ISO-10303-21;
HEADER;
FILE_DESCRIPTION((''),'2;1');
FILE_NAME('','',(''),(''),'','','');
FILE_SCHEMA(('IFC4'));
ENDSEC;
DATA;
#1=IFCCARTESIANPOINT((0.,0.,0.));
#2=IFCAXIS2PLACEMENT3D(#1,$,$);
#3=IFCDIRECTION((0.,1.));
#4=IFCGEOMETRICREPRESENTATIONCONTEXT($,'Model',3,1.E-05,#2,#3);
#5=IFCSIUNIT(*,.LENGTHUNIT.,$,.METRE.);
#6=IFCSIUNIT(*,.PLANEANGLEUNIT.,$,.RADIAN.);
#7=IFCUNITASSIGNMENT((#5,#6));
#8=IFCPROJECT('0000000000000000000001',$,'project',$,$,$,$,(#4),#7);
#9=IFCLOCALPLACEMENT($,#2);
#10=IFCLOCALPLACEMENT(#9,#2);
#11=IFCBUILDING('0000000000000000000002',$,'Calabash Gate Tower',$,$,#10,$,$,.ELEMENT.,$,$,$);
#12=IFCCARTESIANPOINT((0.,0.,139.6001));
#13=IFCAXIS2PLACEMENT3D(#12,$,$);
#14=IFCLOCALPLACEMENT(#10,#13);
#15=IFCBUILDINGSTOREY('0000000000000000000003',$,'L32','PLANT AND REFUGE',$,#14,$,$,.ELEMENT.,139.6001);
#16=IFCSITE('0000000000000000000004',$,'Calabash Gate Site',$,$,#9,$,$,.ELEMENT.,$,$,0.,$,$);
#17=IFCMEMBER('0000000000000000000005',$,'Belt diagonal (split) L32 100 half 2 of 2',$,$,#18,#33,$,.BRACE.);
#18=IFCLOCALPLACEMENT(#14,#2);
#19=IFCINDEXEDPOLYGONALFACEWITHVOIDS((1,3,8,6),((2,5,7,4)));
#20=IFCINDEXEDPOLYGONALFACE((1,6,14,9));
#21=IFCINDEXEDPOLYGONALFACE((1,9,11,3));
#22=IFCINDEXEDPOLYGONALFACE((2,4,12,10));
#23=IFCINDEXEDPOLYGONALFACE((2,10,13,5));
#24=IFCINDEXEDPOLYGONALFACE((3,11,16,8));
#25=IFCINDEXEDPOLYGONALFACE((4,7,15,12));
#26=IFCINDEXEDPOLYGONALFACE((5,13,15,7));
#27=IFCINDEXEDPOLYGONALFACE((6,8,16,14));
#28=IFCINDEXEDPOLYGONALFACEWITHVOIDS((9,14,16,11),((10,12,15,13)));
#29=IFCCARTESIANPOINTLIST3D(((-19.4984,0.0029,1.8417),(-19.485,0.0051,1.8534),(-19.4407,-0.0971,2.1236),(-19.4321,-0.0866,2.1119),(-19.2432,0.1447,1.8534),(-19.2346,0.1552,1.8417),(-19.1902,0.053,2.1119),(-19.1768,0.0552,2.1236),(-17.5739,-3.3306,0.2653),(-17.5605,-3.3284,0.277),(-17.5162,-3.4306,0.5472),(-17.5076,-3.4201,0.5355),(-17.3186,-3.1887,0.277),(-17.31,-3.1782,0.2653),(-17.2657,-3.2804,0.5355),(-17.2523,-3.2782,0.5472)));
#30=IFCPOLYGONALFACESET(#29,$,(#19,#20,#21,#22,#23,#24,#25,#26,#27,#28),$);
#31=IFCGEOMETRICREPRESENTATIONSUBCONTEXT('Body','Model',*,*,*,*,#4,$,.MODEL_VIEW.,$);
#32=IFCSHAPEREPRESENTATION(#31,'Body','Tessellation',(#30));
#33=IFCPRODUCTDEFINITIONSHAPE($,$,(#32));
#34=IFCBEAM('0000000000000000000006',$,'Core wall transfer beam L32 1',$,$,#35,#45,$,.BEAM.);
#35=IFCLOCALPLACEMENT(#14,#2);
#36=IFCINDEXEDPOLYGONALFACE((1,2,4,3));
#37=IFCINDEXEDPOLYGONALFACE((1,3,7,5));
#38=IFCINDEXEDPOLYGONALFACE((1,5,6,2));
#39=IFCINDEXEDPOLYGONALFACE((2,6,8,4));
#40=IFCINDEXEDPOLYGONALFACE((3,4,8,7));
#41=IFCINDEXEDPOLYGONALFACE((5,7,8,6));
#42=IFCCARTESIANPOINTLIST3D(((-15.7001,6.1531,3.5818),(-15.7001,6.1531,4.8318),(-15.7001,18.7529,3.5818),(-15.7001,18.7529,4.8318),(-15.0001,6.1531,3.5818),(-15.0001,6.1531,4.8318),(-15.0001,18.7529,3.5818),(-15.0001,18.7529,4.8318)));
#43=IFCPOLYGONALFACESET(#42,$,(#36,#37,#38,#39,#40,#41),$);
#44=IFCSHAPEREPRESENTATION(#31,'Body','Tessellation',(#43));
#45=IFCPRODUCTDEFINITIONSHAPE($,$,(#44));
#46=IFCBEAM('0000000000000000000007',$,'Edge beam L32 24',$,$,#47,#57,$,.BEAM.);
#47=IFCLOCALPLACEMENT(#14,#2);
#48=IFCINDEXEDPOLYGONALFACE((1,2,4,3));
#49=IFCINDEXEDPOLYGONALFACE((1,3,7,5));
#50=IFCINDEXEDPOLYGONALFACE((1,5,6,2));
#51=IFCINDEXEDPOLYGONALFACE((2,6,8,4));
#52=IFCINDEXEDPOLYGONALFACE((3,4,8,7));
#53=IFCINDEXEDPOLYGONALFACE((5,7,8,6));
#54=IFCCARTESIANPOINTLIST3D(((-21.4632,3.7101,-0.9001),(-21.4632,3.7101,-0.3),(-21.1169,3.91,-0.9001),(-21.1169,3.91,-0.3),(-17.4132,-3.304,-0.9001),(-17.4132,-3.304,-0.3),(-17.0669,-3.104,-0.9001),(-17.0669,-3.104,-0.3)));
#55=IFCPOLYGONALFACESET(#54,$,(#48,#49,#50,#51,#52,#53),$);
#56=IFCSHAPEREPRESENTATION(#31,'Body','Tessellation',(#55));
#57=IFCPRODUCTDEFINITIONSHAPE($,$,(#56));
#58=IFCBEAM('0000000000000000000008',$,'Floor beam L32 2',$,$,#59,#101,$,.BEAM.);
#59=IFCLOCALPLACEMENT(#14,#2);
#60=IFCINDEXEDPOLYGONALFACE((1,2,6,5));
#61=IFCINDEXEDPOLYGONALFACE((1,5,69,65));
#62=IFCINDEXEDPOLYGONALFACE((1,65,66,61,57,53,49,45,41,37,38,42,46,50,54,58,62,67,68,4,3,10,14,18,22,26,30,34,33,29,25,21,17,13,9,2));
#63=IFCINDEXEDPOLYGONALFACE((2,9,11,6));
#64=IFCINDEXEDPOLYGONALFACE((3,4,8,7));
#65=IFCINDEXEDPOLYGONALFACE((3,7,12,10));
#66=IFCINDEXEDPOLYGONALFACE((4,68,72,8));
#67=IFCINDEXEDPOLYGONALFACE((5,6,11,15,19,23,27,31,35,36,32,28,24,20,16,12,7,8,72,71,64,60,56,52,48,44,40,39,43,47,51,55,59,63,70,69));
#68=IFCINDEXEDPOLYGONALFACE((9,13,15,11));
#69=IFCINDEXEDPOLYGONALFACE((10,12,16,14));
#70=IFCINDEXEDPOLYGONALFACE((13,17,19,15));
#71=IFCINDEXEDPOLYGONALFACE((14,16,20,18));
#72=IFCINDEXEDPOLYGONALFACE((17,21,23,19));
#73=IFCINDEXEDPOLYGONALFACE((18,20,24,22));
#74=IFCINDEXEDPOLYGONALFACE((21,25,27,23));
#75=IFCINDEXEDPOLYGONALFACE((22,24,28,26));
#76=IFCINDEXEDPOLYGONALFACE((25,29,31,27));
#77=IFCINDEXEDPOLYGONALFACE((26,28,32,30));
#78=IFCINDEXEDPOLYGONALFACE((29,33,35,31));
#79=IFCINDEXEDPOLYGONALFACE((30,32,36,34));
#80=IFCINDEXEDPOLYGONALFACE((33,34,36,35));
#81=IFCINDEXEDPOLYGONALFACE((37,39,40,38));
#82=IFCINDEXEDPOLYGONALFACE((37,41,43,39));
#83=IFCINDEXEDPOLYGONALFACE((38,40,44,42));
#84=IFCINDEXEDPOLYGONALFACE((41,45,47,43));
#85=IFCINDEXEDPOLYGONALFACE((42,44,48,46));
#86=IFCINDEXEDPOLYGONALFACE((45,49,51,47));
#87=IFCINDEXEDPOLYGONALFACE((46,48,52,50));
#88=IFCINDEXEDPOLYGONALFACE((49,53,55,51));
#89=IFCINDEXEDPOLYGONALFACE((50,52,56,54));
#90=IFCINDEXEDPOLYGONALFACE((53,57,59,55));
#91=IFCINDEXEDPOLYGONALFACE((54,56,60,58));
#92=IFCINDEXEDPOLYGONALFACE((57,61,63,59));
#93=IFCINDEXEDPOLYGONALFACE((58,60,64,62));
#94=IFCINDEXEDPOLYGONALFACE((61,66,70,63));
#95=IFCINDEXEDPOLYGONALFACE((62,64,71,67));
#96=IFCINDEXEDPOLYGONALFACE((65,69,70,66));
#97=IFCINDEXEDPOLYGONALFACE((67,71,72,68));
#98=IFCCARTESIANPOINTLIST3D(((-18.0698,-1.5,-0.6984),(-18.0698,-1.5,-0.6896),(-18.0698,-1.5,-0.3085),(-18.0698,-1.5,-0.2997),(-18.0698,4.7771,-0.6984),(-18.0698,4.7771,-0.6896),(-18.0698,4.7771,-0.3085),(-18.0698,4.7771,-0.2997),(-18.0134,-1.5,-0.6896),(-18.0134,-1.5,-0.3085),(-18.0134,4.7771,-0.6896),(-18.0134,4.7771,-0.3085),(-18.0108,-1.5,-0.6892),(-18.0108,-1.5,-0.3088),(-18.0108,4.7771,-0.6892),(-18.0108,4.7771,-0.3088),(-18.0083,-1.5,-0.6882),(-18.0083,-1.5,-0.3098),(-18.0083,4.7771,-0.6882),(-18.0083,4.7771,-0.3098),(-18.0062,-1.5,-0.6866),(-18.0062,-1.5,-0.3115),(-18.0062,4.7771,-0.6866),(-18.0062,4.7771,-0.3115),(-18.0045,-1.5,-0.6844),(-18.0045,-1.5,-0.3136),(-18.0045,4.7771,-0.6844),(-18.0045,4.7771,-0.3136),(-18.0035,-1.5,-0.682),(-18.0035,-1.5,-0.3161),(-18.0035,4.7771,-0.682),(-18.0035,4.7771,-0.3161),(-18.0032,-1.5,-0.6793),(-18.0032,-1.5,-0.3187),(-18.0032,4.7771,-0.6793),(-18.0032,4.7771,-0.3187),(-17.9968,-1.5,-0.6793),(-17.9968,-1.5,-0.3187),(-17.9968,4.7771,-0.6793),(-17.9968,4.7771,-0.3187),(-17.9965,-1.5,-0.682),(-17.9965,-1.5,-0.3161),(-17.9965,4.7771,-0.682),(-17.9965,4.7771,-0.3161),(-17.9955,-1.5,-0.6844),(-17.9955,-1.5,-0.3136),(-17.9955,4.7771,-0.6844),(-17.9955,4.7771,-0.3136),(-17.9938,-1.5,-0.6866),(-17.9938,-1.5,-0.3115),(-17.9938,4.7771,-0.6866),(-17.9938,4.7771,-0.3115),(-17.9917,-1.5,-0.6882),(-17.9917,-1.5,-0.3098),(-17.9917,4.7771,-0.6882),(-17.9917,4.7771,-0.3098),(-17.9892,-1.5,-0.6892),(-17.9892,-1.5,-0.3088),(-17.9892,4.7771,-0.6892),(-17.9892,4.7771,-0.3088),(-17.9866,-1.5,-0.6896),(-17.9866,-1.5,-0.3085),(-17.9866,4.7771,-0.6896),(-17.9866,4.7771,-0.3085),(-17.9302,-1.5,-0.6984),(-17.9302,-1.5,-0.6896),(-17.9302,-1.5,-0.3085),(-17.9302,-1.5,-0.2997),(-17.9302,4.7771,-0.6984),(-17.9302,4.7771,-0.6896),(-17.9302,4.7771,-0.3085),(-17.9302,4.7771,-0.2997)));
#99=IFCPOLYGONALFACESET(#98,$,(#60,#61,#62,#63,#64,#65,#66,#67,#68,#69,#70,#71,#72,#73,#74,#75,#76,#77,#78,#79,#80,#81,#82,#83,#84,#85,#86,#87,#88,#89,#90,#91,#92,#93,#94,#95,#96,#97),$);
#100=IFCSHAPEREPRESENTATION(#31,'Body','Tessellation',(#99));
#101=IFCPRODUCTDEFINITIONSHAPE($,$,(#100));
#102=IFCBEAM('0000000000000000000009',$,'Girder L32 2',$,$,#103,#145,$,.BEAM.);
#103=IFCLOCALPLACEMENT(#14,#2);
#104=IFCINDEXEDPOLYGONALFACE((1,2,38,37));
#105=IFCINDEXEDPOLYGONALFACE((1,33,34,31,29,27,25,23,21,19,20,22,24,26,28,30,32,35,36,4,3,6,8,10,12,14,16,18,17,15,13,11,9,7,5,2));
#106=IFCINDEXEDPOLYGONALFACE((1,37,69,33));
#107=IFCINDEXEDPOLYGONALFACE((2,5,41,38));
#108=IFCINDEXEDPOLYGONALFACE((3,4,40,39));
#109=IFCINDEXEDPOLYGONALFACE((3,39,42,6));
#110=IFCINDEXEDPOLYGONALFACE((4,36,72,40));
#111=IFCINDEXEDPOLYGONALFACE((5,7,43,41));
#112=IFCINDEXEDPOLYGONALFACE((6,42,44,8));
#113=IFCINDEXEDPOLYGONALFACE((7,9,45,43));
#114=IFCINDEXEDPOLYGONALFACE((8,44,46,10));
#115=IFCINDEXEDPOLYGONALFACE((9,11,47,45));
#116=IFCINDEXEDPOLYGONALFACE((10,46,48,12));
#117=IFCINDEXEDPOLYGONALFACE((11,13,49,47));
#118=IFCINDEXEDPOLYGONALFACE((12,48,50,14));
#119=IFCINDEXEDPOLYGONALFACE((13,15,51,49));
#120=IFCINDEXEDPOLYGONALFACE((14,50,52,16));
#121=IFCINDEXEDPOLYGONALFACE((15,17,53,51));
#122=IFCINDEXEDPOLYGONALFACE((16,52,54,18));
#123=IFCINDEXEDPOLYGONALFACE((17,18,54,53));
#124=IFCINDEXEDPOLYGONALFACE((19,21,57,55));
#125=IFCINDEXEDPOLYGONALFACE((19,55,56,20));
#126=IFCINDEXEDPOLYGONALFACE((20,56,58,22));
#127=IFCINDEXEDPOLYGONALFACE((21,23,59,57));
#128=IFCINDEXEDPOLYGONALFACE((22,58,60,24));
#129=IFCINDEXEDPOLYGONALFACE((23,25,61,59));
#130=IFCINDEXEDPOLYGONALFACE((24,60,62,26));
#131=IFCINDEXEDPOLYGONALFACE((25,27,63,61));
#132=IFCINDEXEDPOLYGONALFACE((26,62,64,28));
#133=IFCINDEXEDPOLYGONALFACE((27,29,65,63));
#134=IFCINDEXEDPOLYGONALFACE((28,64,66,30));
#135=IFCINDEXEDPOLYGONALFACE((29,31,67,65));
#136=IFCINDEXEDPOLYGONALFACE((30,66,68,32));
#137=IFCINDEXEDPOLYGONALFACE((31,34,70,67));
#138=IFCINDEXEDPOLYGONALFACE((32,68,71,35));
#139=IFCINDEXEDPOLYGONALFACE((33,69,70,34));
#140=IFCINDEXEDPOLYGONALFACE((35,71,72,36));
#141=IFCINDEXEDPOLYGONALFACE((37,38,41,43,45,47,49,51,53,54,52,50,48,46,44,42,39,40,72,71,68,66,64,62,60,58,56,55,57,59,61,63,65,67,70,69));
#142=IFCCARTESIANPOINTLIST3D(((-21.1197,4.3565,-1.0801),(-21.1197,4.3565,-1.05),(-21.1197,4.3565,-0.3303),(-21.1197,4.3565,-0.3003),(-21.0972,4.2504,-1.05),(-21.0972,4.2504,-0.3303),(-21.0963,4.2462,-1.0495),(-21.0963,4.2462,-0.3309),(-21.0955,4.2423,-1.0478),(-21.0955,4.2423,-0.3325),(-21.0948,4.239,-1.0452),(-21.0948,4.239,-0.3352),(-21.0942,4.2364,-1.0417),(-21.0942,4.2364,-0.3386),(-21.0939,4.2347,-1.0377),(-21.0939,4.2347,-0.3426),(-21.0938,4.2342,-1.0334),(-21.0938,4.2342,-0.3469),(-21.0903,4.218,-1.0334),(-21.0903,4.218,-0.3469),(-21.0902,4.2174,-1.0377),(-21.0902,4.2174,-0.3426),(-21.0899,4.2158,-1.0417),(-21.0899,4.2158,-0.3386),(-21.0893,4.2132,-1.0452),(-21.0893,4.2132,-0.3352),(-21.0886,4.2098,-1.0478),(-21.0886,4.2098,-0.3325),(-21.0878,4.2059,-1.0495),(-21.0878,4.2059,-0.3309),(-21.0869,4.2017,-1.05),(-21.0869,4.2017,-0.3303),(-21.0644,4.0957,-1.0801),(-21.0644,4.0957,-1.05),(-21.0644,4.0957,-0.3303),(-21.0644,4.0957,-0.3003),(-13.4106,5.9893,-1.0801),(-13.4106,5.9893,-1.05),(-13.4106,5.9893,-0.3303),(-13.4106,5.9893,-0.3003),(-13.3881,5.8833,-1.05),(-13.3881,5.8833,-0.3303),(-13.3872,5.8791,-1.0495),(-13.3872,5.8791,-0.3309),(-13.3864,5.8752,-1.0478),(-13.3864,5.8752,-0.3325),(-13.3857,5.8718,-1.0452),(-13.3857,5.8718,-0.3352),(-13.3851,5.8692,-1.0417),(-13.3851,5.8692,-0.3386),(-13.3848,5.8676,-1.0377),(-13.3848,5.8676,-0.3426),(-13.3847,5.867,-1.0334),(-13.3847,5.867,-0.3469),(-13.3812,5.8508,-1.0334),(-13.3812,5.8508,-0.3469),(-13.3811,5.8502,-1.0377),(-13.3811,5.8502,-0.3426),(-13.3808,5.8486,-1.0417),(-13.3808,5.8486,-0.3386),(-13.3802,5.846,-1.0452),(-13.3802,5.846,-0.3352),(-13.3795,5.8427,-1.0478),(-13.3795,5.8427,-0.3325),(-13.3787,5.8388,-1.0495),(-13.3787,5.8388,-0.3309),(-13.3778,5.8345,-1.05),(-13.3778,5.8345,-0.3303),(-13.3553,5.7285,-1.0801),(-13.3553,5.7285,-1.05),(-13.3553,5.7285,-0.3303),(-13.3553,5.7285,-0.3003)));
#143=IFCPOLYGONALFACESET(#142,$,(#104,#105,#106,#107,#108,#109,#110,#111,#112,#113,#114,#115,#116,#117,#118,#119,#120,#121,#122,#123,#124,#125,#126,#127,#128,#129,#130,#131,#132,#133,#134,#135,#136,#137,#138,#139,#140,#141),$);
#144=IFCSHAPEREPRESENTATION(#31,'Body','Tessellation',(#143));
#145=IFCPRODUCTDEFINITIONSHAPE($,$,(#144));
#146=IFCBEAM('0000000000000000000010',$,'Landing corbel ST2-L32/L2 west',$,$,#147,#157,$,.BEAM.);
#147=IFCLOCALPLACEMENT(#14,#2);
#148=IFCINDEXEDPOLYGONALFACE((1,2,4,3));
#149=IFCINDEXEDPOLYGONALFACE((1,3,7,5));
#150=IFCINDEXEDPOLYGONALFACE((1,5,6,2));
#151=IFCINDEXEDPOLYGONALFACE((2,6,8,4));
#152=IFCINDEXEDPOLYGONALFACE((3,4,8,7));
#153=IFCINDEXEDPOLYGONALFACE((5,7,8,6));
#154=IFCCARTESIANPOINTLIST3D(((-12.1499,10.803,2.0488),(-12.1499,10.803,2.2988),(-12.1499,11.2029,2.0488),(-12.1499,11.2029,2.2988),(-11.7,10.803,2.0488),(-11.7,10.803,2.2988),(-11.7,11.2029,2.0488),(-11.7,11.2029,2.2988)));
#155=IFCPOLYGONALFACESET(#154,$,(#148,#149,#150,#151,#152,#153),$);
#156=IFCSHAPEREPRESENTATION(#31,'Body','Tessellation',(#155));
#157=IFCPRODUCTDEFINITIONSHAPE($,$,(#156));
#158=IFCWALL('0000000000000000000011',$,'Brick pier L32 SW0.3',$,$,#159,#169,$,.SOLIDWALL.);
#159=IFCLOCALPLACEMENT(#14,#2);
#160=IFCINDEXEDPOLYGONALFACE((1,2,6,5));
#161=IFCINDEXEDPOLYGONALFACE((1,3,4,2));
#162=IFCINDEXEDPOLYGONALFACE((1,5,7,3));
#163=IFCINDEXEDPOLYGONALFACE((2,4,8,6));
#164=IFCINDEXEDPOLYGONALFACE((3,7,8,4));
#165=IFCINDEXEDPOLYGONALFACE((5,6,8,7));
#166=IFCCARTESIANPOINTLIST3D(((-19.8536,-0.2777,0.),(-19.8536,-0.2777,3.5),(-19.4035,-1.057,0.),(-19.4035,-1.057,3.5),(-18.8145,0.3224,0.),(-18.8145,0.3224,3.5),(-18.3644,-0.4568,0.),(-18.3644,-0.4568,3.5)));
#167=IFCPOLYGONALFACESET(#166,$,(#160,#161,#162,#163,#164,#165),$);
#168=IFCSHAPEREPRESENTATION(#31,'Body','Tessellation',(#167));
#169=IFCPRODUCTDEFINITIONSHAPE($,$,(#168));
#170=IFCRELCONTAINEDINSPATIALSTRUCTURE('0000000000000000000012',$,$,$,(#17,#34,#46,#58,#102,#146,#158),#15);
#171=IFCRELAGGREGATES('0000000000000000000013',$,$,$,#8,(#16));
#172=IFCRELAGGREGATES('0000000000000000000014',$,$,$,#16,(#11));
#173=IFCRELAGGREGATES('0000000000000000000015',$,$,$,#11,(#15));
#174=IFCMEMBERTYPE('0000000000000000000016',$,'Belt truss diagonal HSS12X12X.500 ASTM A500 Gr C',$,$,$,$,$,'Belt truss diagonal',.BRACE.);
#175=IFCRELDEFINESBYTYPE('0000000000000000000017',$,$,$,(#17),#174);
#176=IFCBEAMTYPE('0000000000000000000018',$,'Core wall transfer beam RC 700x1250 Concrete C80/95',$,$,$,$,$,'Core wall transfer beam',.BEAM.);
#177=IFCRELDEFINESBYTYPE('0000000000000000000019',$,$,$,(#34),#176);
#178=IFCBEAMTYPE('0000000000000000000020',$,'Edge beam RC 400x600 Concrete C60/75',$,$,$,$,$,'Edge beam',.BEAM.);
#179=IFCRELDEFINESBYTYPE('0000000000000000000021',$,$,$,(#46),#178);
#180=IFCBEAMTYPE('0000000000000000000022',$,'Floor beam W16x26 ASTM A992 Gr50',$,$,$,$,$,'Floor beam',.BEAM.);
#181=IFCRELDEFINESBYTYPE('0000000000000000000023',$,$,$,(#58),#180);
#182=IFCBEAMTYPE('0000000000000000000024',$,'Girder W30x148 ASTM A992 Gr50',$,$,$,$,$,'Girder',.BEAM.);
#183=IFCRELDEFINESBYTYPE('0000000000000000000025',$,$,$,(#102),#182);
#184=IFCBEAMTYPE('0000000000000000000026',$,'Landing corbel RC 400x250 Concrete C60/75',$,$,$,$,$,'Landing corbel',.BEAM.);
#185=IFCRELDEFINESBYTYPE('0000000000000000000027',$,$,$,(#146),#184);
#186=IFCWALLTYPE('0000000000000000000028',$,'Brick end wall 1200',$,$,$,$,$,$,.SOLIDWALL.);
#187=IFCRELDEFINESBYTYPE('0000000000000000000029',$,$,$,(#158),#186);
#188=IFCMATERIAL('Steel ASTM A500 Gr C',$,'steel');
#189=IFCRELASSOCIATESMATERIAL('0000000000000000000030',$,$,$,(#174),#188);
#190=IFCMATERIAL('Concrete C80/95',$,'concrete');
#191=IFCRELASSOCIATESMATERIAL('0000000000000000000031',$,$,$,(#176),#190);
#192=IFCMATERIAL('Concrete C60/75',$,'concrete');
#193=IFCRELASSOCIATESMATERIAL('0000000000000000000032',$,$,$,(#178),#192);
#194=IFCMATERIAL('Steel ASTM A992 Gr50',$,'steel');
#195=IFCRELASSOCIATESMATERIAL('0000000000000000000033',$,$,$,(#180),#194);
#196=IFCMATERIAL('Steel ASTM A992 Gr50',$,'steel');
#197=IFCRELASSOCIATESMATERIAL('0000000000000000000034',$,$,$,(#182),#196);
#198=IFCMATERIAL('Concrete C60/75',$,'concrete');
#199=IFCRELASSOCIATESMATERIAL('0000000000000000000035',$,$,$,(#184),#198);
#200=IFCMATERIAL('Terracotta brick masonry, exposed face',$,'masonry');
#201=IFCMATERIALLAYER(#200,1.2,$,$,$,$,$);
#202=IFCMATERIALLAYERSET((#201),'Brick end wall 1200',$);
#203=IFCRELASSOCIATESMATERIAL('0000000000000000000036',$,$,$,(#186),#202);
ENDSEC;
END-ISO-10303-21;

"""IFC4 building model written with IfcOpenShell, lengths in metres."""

from ifc_helpers import new_model, si_unit, direction, frame, frame_2d, origin, origin_2d, place, context, subcontext, project, spatial, rectangle, hollow_rectangle, i_section, extrude, material, layer, layer_set, material_profile, profile_set, type_object, element, save


model = new_model("IFC4")

# Units and contexts
model_context = context("Model", 3, precision=1e-05, world=origin(), true_north=direction((0.0, 1.0)))
body_context = subcontext(model_context, "Body", "Model", "MODEL_VIEW")
ifc_project = project(units=[si_unit("LENGTHUNIT", "METRE"), si_unit("PLANEANGLEUNIT", "RADIAN")], contexts=[model_context])

# Site, building, storey
site_placement = place(None, origin())
site = spatial("IfcSite", under=ifc_project, at=site_placement, Name="Calabash Gate Site", CompositionType="ELEMENT", RefElevation=0.0)
building_placement = place(site_placement, origin())
building = spatial("IfcBuilding", under=site, at=building_placement, Name="Calabash Gate Tower", CompositionType="ELEMENT")
storey_placement = place(building_placement, frame((0.0, 0.0, 139.6001)))
storey = spatial("IfcBuildingStorey", under=building, at=storey_placement, Name="L32", Description="PLANT AND REFUGE", CompositionType="ELEMENT", Elevation=139.6001)

# Member
ifc_material_1 = material(Name="Steel ASTM A500 Gr C", Category="steel")
ifc_material_profile_1 = material_profile(ifc_material_1, hollow_rectangle(XDim=0.3047, YDim=0.3047, WallThickness=0.0127, at=origin_2d()))
ifc_profile_set_1 = profile_set([ifc_material_profile_1], Name="Steel ASTM A500 Gr C")
member_type = type_object("IfcMemberType", Name="Belt truss diagonal HSS12X12X.500 ASTM A500 Gr C", ElementType="Belt truss diagonal", PredefinedType="BRACE", material=ifc_profile_set_1)
member_placement = place(storey_placement, frame((-19.3376, 0.0291, 1.9827), z_axis=(0.462693, -0.801423, -0.378994), x_axis=(0.866029, 0.499993, 0.0)))
element("IfcMember", 1, at=member_placement, inside=storey, type_object=member_type, Name="Belt diagonal (split) L32 100 half 2 of 2", PredefinedType="BRACE", context=body_context, shape_type="SweptSolid", body=[
    extrude(hollow_rectangle(XDim=0.3047, YDim=0.3047, WallThickness=0.0127, at=origin_2d()), origin(), (0.0, 0.0, 1.0), 4.1594),
])

# Beams
ifc_material_2 = material(Name="Concrete C80/95", Category="concrete")
ifc_material_profile_2 = material_profile(ifc_material_2, rectangle(XDim=0.7, YDim=1.25, at=origin_2d()))
ifc_profile_set_2 = profile_set([ifc_material_profile_2], Name="Concrete C80/95")
beam_type_1 = type_object("IfcBeamType", Name="Core wall transfer beam RC 700x1250 Concrete C80/95", ElementType="Core wall transfer beam", PredefinedType="BEAM", material=ifc_profile_set_2)
beam_1_placement = place(storey_placement, frame((-15.3501, 6.1531, 4.2068), z_axis=(0.0, 1.0, 0.0), x_axis=(-1.0, 0.0, 0.0)))
element("IfcBeam", 2, at=beam_1_placement, inside=storey, type_object=beam_type_1, Name="Core wall transfer beam L32 1", PredefinedType="BEAM", context=body_context, shape_type="SweptSolid", body=[
    extrude(rectangle(XDim=0.7, YDim=1.25, at=origin_2d()), origin(), (0.0, 0.0, 1.0), 12.5999),
])
ifc_material_3 = material(Name="Concrete C60/75", Category="concrete")
ifc_material_profile_3 = material_profile(ifc_material_3, rectangle(XDim=0.3999, YDim=0.6001, at=origin_2d()))
ifc_profile_set_3 = profile_set([ifc_material_profile_3], Name="Concrete C60/75")
beam_type_2 = type_object("IfcBeamType", Name="Edge beam RC 400x600 Concrete C60/75", ElementType="Edge beam", PredefinedType="BEAM", material=ifc_profile_set_3)
beam_2_placement = place(storey_placement, frame((-21.29, 3.8101, -0.6001), z_axis=(0.500039, -0.866003, 0.0), x_axis=(0.866003, 0.500039, 0.0)))
element("IfcBeam", 3, at=beam_2_placement, inside=storey, type_object=beam_type_2, Name="Edge beam L32 24", PredefinedType="BEAM", context=body_context, shape_type="SweptSolid", body=[
    extrude(rectangle(XDim=0.3999, YDim=0.6001, at=origin_2d()), origin(), (0.0, 0.0, 1.0), 8.0994),
])
ifc_material_4 = material(Name="Steel ASTM A992 Gr50", Category="steel")
ifc_material_profile_4 = material_profile(ifc_material_4, i_section(OverallWidth=0.1396, OverallDepth=0.3987, WebThickness=0.0063, FlangeThickness=0.0088, FilletRadius=0.0103, at=origin_2d()))
ifc_profile_set_4 = profile_set([ifc_material_profile_4], Name="Steel ASTM A992 Gr50")
beam_type_3 = type_object("IfcBeamType", Name="Floor beam W16x26 ASTM A992 Gr50", ElementType="Floor beam", PredefinedType="BEAM", material=ifc_profile_set_4)
beam_3_placement = place(storey_placement, frame((-18.0, -1.5, -0.499), z_axis=(0.0, 1.0, 0.0), x_axis=(-1.0, 0.0, 0.0)))
element("IfcBeam", 4, at=beam_3_placement, inside=storey, type_object=beam_type_3, Name="Floor beam L32 2", PredefinedType="BEAM", context=body_context, shape_type="SweptSolid", body=[
    extrude(i_section(OverallWidth=0.1396, OverallDepth=0.3987, WebThickness=0.0063, FlangeThickness=0.0088, FilletRadius=0.0103, at=origin_2d()), origin(), (0.0, 0.0, 1.0), 6.2771),
])
ifc_material_5 = material(Name="Steel ASTM A992 Gr50", Category="steel")
ifc_material_profile_5 = material_profile(ifc_material_5, i_section(OverallWidth=0.2666, OverallDepth=0.7798, WebThickness=0.0166, FlangeThickness=0.03, FilletRadius=0.0166, at=origin_2d()))
ifc_profile_set_5 = profile_set([ifc_material_profile_5], Name="Steel ASTM A992 Gr50")
beam_type_4 = type_object("IfcBeamType", Name="Girder W30x148 ASTM A992 Gr50", ElementType="Girder", PredefinedType="BEAM", material=ifc_profile_set_5)
beam_4_placement = place(storey_placement, frame((-21.092, 4.2261, -0.6902), z_axis=(0.978297, 0.20721, 0.0), x_axis=(-0.20721, 0.978297, 0.0)))
element("IfcBeam", 5, at=beam_4_placement, inside=storey, type_object=beam_type_4, Name="Girder L32 2", PredefinedType="BEAM", context=body_context, shape_type="SweptSolid", body=[
    extrude(i_section(OverallWidth=0.2666, OverallDepth=0.7798, WebThickness=0.0166, FlangeThickness=0.03, FilletRadius=0.0166, at=origin_2d()), origin(), (0.0, 0.0, 1.0), 7.8801),
])
ifc_material_6 = material(Name="Concrete C60/75", Category="concrete")
ifc_material_profile_6 = material_profile(ifc_material_6, rectangle(XDim=0.3999, YDim=0.25, at=origin_2d()))
ifc_profile_set_6 = profile_set([ifc_material_profile_6], Name="Concrete C60/75")
beam_type_5 = type_object("IfcBeamType", Name="Landing corbel RC 400x250 Concrete C60/75", ElementType="Landing corbel", PredefinedType="BEAM", material=ifc_profile_set_6)
beam_5_placement = place(storey_placement, frame((-12.1499, 11.0029, 2.1738), z_axis=(1.0, 0.0, 0.0), x_axis=(0.0, 1.0, 0.0)))
element("IfcBeam", 6, at=beam_5_placement, inside=storey, type_object=beam_type_5, Name="Landing corbel ST2-L32/L2 west", PredefinedType="BEAM", context=body_context, shape_type="SweptSolid", body=[
    extrude(rectangle(XDim=0.3999, YDim=0.25, at=origin_2d()), origin(), (0.0, 0.0, 1.0), 0.45),
])

# Wall
ifc_material_7 = material(Name="Terracotta brick masonry, exposed face", Category="masonry")
ifc_layer_1 = layer(ifc_material_7, 1.2)
ifc_layer_set_1 = layer_set([ifc_layer_1], Name="Brick end wall 1200")
wall_type_1 = type_object("IfcWallType", Name="Brick end wall 1200", PredefinedType="SOLIDWALL", material=ifc_layer_set_1)
wall_1_placement = place(storey_placement, frame((-18.5894, -0.0671, 0.0), z_axis=(0.0, 0.0, 1.0), x_axis=(-0.865955, -0.500122, 0.0)))
element("IfcWall", 7, at=wall_1_placement, inside=storey, type_object=wall_type_1, Name="Brick pier L32 SW0.3", PredefinedType="SOLIDWALL", context=body_context, shape_type="SweptSolid", body=[
    extrude(rectangle(XDim=1.2, YDim=0.8999, at=frame_2d((0.6001, 0.0))), origin(), (0.0, 0.0, 1.0), 3.5),
])

save(model, "model.ifc")
